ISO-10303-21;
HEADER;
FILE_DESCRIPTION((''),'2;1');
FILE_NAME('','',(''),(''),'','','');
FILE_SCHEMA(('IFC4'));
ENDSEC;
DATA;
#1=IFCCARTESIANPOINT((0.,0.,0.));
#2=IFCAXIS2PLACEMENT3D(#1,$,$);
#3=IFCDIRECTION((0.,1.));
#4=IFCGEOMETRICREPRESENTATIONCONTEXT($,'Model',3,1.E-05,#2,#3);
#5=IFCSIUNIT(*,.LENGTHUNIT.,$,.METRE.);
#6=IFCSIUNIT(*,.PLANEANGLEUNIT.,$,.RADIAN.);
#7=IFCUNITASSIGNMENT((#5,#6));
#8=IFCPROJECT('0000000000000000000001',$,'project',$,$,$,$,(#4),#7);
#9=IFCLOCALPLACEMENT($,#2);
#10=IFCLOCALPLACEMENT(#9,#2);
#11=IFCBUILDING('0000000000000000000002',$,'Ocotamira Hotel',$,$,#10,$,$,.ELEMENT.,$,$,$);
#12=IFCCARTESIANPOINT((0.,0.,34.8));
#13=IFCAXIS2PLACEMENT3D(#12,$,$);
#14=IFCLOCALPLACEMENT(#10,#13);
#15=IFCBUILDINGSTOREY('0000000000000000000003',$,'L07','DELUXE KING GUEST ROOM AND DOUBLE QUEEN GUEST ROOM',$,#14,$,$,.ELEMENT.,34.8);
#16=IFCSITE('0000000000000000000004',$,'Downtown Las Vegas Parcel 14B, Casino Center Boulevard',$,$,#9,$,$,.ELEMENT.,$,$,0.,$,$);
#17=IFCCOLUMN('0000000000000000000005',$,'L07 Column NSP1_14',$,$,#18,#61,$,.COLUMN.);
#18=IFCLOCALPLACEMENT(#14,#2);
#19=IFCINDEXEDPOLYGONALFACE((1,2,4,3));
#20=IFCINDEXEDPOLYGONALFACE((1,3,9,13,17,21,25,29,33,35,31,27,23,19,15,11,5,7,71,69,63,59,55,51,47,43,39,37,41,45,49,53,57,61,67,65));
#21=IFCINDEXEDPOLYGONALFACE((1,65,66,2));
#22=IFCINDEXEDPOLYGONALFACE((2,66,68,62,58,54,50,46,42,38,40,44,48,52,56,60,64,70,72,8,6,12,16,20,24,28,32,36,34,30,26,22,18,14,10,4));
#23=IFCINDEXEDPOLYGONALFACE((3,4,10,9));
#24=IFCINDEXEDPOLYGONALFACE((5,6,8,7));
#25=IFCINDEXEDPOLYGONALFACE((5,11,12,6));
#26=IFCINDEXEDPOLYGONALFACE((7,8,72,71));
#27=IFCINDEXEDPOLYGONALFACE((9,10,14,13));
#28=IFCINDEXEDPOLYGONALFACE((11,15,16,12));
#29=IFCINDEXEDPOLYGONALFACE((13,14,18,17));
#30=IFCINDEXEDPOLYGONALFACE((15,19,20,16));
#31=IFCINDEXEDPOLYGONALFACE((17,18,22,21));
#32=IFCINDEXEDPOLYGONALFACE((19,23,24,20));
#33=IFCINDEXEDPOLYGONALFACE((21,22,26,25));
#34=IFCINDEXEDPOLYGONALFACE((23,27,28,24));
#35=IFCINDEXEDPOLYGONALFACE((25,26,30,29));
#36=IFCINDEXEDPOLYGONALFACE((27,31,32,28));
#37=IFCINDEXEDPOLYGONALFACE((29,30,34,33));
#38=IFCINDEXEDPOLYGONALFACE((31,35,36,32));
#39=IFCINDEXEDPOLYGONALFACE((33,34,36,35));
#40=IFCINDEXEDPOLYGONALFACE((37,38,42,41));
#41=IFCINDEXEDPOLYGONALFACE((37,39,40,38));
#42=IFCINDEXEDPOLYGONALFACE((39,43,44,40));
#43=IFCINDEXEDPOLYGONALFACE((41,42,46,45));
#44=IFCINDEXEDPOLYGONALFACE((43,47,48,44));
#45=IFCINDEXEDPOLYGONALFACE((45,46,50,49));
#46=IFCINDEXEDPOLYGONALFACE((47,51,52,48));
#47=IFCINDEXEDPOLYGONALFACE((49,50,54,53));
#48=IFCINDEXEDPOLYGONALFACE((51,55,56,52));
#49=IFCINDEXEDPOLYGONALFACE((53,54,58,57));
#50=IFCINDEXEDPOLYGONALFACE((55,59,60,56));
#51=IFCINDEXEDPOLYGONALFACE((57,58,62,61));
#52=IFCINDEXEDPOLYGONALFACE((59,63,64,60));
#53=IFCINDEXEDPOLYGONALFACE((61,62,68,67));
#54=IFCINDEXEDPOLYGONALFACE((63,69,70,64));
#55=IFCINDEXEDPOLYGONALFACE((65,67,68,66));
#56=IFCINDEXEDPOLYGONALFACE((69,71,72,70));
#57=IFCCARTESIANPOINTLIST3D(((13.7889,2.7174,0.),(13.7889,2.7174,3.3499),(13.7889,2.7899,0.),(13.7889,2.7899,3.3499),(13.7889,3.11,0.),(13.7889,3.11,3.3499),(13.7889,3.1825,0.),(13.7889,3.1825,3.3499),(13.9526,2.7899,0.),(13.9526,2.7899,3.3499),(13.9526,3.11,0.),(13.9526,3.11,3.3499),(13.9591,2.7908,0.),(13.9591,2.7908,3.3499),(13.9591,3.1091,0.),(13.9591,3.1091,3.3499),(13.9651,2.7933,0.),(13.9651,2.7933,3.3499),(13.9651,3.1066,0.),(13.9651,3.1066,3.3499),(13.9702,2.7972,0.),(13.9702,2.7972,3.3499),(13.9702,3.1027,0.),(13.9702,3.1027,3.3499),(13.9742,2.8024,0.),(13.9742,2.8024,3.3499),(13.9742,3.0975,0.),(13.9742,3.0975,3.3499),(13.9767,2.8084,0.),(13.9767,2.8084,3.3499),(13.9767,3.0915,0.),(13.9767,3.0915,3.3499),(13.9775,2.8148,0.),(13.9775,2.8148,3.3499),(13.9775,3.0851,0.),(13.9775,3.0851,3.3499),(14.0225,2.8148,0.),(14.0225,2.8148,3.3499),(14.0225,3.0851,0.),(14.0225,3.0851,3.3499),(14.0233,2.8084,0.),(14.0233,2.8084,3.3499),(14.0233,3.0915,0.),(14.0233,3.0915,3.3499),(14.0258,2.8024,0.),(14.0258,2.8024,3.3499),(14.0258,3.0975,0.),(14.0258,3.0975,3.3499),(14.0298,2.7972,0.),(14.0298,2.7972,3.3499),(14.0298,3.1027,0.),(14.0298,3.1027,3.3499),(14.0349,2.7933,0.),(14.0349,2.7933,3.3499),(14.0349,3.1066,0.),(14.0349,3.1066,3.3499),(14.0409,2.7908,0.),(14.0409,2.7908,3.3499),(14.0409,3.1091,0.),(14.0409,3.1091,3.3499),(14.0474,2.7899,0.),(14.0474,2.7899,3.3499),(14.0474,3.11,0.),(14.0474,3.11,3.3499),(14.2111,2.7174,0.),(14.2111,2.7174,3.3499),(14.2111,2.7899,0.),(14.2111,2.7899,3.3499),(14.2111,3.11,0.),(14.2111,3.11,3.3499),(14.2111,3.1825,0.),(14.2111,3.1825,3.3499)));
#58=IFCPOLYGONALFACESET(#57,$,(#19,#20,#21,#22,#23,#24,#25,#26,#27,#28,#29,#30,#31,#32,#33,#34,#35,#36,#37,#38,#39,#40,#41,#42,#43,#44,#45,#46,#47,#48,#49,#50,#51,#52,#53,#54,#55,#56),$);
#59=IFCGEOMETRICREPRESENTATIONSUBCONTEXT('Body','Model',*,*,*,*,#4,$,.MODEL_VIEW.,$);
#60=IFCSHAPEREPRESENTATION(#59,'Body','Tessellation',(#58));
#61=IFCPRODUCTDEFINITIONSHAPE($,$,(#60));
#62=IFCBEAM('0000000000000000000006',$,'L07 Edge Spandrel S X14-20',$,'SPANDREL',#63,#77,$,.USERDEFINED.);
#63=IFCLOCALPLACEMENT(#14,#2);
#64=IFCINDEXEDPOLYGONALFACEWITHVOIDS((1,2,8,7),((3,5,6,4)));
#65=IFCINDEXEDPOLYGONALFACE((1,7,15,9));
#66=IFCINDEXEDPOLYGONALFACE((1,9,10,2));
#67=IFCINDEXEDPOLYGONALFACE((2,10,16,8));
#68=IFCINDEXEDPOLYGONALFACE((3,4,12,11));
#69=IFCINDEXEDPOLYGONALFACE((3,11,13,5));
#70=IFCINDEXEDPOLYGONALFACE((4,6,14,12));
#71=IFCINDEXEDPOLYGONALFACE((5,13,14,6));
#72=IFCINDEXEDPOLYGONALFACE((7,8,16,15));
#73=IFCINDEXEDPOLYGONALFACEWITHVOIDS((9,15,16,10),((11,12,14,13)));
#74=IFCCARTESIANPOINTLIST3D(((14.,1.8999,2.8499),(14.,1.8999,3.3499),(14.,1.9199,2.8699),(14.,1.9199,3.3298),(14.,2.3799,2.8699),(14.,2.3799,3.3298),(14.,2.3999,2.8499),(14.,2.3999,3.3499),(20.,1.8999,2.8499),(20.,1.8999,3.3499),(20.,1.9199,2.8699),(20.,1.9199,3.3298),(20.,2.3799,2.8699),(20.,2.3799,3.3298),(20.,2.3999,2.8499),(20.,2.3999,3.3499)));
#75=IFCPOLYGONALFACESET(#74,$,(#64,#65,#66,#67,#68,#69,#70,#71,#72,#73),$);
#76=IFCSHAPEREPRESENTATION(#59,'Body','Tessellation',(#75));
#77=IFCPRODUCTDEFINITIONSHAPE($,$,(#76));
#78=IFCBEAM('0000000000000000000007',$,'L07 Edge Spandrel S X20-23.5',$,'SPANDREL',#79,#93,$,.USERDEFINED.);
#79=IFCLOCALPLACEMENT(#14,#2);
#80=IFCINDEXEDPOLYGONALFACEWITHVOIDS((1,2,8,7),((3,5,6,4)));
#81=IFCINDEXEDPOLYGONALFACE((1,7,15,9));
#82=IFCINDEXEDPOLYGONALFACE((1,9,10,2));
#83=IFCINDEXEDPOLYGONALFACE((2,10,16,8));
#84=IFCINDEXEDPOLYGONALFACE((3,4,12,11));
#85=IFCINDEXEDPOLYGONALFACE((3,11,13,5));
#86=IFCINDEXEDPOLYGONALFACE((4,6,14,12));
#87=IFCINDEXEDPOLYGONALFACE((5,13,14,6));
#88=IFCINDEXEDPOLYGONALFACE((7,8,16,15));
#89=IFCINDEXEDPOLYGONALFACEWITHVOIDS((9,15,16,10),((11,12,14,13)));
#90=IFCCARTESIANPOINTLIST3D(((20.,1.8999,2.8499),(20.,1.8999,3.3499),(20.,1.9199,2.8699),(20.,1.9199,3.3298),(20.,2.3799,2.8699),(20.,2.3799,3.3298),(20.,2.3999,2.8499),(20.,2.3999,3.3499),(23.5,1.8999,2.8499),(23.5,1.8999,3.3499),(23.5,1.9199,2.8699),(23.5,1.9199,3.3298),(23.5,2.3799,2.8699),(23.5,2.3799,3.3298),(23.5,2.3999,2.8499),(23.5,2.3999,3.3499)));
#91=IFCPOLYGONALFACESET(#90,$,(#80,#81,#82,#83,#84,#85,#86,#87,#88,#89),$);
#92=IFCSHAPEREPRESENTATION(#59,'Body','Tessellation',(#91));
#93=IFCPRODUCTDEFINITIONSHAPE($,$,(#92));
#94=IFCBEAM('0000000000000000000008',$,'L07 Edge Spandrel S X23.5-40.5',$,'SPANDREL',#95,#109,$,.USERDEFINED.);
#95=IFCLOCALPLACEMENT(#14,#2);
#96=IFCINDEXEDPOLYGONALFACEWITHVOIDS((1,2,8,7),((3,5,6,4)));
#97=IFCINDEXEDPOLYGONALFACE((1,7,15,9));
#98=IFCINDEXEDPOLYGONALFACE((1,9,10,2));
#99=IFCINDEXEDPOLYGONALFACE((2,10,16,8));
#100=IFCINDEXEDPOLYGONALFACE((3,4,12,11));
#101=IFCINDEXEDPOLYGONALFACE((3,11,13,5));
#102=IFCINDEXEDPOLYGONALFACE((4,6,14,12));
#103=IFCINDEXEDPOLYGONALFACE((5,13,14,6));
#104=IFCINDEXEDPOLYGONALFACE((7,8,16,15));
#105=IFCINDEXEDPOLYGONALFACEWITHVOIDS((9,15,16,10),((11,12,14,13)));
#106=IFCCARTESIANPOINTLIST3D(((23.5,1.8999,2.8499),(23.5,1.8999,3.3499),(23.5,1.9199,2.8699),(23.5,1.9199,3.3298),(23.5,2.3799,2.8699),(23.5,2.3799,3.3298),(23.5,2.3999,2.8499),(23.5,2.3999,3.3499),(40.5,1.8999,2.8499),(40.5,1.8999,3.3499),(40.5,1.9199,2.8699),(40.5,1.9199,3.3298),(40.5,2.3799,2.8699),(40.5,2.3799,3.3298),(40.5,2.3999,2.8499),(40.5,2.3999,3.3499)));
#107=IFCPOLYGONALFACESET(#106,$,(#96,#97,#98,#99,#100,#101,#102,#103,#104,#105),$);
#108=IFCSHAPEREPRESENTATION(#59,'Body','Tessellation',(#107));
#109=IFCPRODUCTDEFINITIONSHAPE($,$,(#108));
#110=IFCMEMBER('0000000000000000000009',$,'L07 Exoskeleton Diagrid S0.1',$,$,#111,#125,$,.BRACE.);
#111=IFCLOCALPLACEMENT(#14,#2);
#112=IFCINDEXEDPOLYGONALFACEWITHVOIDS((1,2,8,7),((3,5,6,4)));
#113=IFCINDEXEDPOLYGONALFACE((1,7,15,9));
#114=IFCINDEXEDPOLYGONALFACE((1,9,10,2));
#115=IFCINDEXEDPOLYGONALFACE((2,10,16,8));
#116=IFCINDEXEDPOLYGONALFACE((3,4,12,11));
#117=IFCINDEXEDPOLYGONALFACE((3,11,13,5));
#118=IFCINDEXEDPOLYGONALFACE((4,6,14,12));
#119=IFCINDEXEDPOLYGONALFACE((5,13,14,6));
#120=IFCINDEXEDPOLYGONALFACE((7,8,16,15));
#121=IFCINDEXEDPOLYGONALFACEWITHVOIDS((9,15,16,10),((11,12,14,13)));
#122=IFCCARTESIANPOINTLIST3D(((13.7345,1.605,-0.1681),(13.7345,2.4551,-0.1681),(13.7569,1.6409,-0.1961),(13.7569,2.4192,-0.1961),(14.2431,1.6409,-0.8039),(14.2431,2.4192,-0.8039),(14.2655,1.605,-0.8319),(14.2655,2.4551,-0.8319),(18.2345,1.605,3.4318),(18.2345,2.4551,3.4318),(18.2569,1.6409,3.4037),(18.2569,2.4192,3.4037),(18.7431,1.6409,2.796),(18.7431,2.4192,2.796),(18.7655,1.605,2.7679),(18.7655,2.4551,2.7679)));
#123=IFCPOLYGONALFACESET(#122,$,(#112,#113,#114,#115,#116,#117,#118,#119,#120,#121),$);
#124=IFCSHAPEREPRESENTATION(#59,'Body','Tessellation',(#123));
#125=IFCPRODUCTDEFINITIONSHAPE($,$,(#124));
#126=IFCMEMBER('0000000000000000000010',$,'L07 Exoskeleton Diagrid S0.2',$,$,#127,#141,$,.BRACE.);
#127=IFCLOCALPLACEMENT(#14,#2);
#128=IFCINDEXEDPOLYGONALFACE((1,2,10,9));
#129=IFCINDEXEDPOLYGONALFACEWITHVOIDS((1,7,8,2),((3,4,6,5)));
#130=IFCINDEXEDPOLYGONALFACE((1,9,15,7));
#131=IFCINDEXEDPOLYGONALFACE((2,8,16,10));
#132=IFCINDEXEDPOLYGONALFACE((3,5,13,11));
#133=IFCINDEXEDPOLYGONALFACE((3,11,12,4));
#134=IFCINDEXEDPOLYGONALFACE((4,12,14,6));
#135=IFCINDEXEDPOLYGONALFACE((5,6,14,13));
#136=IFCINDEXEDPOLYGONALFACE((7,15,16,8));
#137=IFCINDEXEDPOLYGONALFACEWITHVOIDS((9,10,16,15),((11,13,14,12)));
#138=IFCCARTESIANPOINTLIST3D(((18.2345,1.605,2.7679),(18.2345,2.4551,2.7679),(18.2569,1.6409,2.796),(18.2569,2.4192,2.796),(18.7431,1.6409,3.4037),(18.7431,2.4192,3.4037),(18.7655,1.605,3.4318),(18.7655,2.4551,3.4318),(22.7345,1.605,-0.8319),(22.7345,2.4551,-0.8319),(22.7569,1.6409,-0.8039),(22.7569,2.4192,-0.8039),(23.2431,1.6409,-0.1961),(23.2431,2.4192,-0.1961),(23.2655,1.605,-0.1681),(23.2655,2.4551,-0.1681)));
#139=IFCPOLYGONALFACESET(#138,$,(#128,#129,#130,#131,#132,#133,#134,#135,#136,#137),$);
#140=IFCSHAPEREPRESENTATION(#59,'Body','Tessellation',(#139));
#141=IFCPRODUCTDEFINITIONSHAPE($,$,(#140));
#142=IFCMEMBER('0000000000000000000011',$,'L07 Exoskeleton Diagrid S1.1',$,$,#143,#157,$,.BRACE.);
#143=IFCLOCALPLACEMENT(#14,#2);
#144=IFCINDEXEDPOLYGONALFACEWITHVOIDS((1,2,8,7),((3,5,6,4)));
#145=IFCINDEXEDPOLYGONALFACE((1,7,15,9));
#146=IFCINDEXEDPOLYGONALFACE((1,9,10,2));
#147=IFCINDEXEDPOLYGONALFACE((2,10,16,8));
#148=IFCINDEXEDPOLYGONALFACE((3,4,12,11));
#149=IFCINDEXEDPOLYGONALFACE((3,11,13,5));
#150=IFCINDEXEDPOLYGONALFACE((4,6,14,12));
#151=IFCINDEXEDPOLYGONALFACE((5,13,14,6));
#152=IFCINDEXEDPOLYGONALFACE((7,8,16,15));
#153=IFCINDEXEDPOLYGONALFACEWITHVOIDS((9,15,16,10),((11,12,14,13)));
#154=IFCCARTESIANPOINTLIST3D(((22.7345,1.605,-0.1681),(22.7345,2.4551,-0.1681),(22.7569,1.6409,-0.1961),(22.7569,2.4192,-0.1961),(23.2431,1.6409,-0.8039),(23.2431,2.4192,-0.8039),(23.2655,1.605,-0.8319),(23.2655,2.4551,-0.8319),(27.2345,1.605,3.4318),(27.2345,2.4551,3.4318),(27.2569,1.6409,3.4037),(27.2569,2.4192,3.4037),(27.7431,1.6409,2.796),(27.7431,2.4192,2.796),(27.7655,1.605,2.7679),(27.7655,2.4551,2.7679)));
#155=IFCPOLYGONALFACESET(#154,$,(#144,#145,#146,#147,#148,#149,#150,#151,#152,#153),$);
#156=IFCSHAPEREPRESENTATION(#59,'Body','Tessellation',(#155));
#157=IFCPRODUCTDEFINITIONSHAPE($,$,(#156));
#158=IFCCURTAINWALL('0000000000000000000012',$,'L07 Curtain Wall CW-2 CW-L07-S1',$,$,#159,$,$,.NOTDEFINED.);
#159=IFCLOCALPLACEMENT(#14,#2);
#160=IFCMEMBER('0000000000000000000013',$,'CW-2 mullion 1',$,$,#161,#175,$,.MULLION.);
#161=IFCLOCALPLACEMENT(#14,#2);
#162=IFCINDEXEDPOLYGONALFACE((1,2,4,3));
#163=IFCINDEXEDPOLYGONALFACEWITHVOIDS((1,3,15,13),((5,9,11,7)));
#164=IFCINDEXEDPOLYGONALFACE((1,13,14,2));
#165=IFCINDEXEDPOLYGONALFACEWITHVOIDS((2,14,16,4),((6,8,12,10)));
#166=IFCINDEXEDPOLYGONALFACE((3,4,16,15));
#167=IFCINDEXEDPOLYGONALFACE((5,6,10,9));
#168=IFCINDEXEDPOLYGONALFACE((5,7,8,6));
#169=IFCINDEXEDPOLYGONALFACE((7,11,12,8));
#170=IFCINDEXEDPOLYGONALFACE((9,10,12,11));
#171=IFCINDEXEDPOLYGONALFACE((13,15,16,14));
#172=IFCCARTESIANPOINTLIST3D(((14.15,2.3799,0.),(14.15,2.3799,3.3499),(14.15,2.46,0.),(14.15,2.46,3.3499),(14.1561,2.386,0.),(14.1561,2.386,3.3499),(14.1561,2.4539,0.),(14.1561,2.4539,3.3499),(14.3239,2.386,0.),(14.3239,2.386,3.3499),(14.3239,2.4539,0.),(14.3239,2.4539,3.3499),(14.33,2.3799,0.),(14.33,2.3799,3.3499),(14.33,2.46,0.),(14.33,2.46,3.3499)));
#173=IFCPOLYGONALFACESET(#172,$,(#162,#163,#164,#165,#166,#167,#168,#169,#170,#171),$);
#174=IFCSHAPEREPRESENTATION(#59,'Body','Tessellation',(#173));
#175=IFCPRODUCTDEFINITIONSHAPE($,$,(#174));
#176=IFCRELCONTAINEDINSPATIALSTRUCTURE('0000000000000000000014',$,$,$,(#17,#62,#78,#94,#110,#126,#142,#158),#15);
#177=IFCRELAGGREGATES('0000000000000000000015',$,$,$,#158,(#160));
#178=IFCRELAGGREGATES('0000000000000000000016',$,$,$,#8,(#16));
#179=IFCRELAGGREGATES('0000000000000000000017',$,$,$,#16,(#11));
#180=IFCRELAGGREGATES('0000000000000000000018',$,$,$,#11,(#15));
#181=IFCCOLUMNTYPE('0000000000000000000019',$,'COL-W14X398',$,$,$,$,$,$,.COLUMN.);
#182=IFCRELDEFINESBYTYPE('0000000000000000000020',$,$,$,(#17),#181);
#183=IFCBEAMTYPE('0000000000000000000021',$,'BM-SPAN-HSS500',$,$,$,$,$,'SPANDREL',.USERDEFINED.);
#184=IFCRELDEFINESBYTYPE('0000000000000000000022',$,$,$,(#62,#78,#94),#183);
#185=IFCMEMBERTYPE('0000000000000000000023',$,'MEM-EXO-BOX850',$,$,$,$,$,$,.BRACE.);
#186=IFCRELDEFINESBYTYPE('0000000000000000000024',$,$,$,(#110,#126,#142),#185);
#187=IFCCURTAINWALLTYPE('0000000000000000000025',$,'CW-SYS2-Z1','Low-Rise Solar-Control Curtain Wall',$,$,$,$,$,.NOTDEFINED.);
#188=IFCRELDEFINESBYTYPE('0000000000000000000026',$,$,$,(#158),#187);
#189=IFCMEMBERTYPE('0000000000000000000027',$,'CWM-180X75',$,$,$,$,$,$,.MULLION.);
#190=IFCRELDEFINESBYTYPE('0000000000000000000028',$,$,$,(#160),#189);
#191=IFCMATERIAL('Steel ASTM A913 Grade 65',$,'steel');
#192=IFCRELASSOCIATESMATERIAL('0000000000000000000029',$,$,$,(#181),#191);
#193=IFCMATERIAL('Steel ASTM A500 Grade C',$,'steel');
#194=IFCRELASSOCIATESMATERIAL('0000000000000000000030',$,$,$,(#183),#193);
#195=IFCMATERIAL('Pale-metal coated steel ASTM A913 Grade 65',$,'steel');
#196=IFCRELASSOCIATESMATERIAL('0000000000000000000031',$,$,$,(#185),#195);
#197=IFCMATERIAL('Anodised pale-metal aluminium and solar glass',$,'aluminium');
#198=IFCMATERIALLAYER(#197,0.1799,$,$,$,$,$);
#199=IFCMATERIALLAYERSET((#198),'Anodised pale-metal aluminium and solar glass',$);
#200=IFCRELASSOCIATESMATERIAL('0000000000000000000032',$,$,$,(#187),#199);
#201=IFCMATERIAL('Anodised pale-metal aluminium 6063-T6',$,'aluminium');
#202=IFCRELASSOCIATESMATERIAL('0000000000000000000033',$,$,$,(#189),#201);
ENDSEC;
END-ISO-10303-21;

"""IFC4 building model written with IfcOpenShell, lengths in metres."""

from ifc_helpers import new_model, si_unit, direction, frame, origin, origin_2d, place, context, subcontext, project, spatial, hollow_rectangle, i_section, extrude, source, transform, mapped, material, layer, layer_set, material_profile, profile_set, type_object, element, aggregate, save


model = new_model("IFC4")

# Units and contexts
model_context = context("Model", 3, precision=1e-05, world=origin(), true_north=direction((0.0, 1.0)))
body_context = subcontext(model_context, "Body", "Model", "MODEL_VIEW")
ifc_project = project(units=[si_unit("LENGTHUNIT", "METRE"), si_unit("PLANEANGLEUNIT", "RADIAN")], contexts=[model_context])

# Site, building, storey
site_placement = place(None, origin())
site = spatial("IfcSite", under=ifc_project, at=site_placement, Name="Downtown Las Vegas Parcel 14B, Casino Center Boulevard", CompositionType="ELEMENT", RefElevation=0.0)
building_placement = place(site_placement, origin())
building = spatial("IfcBuilding", under=site, at=building_placement, Name="Ocotamira Hotel", CompositionType="ELEMENT")
storey_placement = place(building_placement, frame((0.0, 0.0, 34.8)))
storey = spatial("IfcBuildingStorey", under=building, at=storey_placement, Name="L07", Description="DELUXE KING GUEST ROOM AND DOUBLE QUEEN GUEST ROOM", CompositionType="ELEMENT", Elevation=34.8)

# Column
ifc_material_1 = material(Name="Steel ASTM A913 Grade 65", Category="steel")
ifc_material_profile_1 = material_profile(ifc_material_1, i_section(OverallWidth=0.4221, OverallDepth=0.4651, WebThickness=0.0449, FlangeThickness=0.0725, FilletRadius=0.0249, at=origin_2d()), Name="W14X398")
ifc_profile_set_1 = profile_set([ifc_material_profile_1], Name="Steel ASTM A913 Grade 65")
column_type = type_object("IfcColumnType", Name="COL-W14X398", PredefinedType="COLUMN", material=ifc_profile_set_1)
shared_shape_1 = source(origin(), body_context, "Body", "SweptSolid", [
    extrude(i_section(OverallWidth=0.4221, OverallDepth=0.4651, WebThickness=0.0449, FlangeThickness=0.0725, FilletRadius=0.0249, at=origin_2d()), origin(), (0.0, 0.0, 1.0), 3.3499),
])
column_placement = place(storey_placement, frame((14.0, 2.95, 0.0), z_axis=(0.0, 0.0, 1.0), x_axis=(1.0, 0.0, 0.0)))
element("IfcColumn", 1, at=column_placement, inside=storey, type_object=column_type, Name="L07 Column NSP1_14", PredefinedType="COLUMN", context=body_context, shape_type="MappedRepresentation", body=[
    mapped(shared_shape_1, transform((0.0, 0.0, 0.0), scale=1.0)),
])

# Beams
ifc_material_2 = material(Name="Steel ASTM A500 Grade C", Category="steel")
ifc_material_profile_2 = material_profile(ifc_material_2, hollow_rectangle(XDim=0.5, YDim=0.5, WallThickness=0.02, at=origin_2d()), Name="HSS500X500X20")
ifc_profile_set_2 = profile_set([ifc_material_profile_2], Name="Steel ASTM A500 Grade C")
beam_type = type_object("IfcBeamType", Name="BM-SPAN-HSS500", ElementType="SPANDREL", PredefinedType="USERDEFINED", material=ifc_profile_set_2)
shared_shape_2 = source(origin(), body_context, "Body", "SweptSolid", [
    extrude(hollow_rectangle(XDim=0.5, YDim=0.5, WallThickness=0.02, at=origin_2d()), origin(), (0.0, 0.0, 1.0), 6.0),
])
beam_1_placement = place(storey_placement, frame((14.0, 2.1499, 3.0999), z_axis=(1.0, 0.0, 0.0), x_axis=(0.0, 1.0, 0.0)))
element("IfcBeam", 2, at=beam_1_placement, inside=storey, type_object=beam_type, Name="L07 Edge Spandrel S X14-20", ObjectType="SPANDREL", PredefinedType="USERDEFINED", context=body_context, shape_type="MappedRepresentation", body=[
    mapped(shared_shape_2, transform((0.0, 0.0, 0.0), scale=1.0)),
])
shared_shape_3 = source(origin(), body_context, "Body", "SweptSolid", [
    extrude(hollow_rectangle(XDim=0.5, YDim=0.5, WallThickness=0.02, at=origin_2d()), origin(), (0.0, 0.0, 1.0), 3.5),
])
beam_2_placement = place(storey_placement, frame((20.0, 2.1499, 3.0999), z_axis=(1.0, 0.0, 0.0), x_axis=(0.0, 1.0, 0.0)))
element("IfcBeam", 3, at=beam_2_placement, inside=storey, type_object=beam_type, Name="L07 Edge Spandrel S X20-23.5", ObjectType="SPANDREL", PredefinedType="USERDEFINED", context=body_context, shape_type="MappedRepresentation", body=[
    mapped(shared_shape_3, transform((0.0, 0.0, 0.0), scale=1.0)),
])
shared_shape_4 = source(origin(), body_context, "Body", "SweptSolid", [
    extrude(hollow_rectangle(XDim=0.5, YDim=0.5, WallThickness=0.02, at=origin_2d()), origin(), (0.0, 0.0, 1.0), 17.0),
])
beam_3_placement = place(storey_placement, frame((23.5, 2.1499, 3.0999), z_axis=(1.0, 0.0, 0.0), x_axis=(0.0, 1.0, 0.0)))
element("IfcBeam", 4, at=beam_3_placement, inside=storey, type_object=beam_type, Name="L07 Edge Spandrel S X23.5-40.5", ObjectType="SPANDREL", PredefinedType="USERDEFINED", context=body_context, shape_type="MappedRepresentation", body=[
    mapped(shared_shape_4, transform((0.0, 0.0, 0.0), scale=1.0)),
])

# Members
ifc_material_3 = material(Name="Pale-metal coated steel ASTM A913 Grade 65", Category="steel")
ifc_material_profile_3 = material_profile(ifc_material_3, hollow_rectangle(XDim=0.8501, YDim=0.8501, WallThickness=0.0359, at=origin_2d()), Name="BOX850X850X36")
ifc_profile_set_3 = profile_set([ifc_material_profile_3], Name="Pale-metal coated steel ASTM A913 Grade 65")
member_type_1 = type_object("IfcMemberType", Name="MEM-EXO-BOX850", PredefinedType="BRACE", material=ifc_profile_set_3)
shared_shape_5 = source(origin(), body_context, "Body", "SweptSolid", [
    extrude(hollow_rectangle(XDim=0.8501, YDim=0.8501, WallThickness=0.0359, at=origin_2d()), origin(), (0.0, 0.0, 1.0), 5.7627),
])
for number, where, z_axis, x_axis, name in (
    (5, (14.0, 2.03, -0.5), (0.780881, 0.0, 0.62468), (0.0, 1.0, 0.0), "L07 Exoskeleton Diagrid S0.1"),
    (6, (23.0, 2.03, -0.5), (-0.780881, 0.0, 0.62468), (0.0, -1.0, 0.0), "L07 Exoskeleton Diagrid S0.2"),
    (7, (23.0, 2.03, -0.5), (0.780881, 0.0, 0.62468), (0.0, 1.0, 0.0), "L07 Exoskeleton Diagrid S1.1"),
):
    element("IfcMember", number, at=place(storey_placement, frame(where, z_axis=z_axis, x_axis=x_axis)), inside=storey, type_object=member_type_1, Name=name, PredefinedType="BRACE", context=body_context, shape_type="MappedRepresentation", body=[
        mapped(shared_shape_5, transform((0.0, 0.0, 0.0), scale=1.0)),
    ])

# Curtain wall, member
ifc_material_4 = material(Name="Anodised pale-metal aluminium and solar glass", Category="aluminium")
ifc_layer_1 = layer(ifc_material_4, 0.1799)
ifc_layer_set_1 = layer_set([ifc_layer_1], Name="Anodised pale-metal aluminium and solar glass")
curtain_wall_type = type_object("IfcCurtainWallType", Name="CW-SYS2-Z1", Description="Low-Rise Solar-Control Curtain Wall", PredefinedType="NOTDEFINED", material=ifc_layer_set_1)
curtain_wall_placement = place(storey_placement, origin())
curtain_wall = element("IfcCurtainWall", 8, at=curtain_wall_placement, inside=storey, type_object=curtain_wall_type, Name="L07 Curtain Wall CW-2 CW-L07-S1", PredefinedType="NOTDEFINED")
ifc_material_5 = material(Name="Anodised pale-metal aluminium 6063-T6", Category="aluminium")
ifc_material_profile_4 = material_profile(ifc_material_5, hollow_rectangle(XDim=0.0801, YDim=0.1799, WallThickness=0.0061, at=origin_2d()), Name="HSS180X80X6")
ifc_profile_set_4 = profile_set([ifc_material_profile_4], Name="Anodised pale-metal aluminium 6063-T6")
member_type_2 = type_object("IfcMemberType", Name="CWM-180X75", PredefinedType="MULLION", material=ifc_profile_set_4)
shared_shape_6 = source(origin(), body_context, "Body", "SweptSolid", [
    extrude(hollow_rectangle(XDim=0.0801, YDim=0.1799, WallThickness=0.0061, at=origin_2d()), origin(), (0.0, 0.0, 1.0), 3.3499),
])
member_1_placement = place(storey_placement, frame((14.24, 2.4199, 0.0), z_axis=(0.0, 0.0, 1.0), x_axis=(0.0, 1.0, 0.0)))
member_1 = element("IfcMember", 9, at=member_1_placement, type_object=member_type_2, Name="CW-2 mullion 1", PredefinedType="MULLION", context=body_context, shape_type="MappedRepresentation", body=[
    mapped(shared_shape_6, transform((0.0, 0.0, 0.0), scale=1.0)),
])

aggregate(curtain_wall, [member_1])

save(model, "model.ifc")
